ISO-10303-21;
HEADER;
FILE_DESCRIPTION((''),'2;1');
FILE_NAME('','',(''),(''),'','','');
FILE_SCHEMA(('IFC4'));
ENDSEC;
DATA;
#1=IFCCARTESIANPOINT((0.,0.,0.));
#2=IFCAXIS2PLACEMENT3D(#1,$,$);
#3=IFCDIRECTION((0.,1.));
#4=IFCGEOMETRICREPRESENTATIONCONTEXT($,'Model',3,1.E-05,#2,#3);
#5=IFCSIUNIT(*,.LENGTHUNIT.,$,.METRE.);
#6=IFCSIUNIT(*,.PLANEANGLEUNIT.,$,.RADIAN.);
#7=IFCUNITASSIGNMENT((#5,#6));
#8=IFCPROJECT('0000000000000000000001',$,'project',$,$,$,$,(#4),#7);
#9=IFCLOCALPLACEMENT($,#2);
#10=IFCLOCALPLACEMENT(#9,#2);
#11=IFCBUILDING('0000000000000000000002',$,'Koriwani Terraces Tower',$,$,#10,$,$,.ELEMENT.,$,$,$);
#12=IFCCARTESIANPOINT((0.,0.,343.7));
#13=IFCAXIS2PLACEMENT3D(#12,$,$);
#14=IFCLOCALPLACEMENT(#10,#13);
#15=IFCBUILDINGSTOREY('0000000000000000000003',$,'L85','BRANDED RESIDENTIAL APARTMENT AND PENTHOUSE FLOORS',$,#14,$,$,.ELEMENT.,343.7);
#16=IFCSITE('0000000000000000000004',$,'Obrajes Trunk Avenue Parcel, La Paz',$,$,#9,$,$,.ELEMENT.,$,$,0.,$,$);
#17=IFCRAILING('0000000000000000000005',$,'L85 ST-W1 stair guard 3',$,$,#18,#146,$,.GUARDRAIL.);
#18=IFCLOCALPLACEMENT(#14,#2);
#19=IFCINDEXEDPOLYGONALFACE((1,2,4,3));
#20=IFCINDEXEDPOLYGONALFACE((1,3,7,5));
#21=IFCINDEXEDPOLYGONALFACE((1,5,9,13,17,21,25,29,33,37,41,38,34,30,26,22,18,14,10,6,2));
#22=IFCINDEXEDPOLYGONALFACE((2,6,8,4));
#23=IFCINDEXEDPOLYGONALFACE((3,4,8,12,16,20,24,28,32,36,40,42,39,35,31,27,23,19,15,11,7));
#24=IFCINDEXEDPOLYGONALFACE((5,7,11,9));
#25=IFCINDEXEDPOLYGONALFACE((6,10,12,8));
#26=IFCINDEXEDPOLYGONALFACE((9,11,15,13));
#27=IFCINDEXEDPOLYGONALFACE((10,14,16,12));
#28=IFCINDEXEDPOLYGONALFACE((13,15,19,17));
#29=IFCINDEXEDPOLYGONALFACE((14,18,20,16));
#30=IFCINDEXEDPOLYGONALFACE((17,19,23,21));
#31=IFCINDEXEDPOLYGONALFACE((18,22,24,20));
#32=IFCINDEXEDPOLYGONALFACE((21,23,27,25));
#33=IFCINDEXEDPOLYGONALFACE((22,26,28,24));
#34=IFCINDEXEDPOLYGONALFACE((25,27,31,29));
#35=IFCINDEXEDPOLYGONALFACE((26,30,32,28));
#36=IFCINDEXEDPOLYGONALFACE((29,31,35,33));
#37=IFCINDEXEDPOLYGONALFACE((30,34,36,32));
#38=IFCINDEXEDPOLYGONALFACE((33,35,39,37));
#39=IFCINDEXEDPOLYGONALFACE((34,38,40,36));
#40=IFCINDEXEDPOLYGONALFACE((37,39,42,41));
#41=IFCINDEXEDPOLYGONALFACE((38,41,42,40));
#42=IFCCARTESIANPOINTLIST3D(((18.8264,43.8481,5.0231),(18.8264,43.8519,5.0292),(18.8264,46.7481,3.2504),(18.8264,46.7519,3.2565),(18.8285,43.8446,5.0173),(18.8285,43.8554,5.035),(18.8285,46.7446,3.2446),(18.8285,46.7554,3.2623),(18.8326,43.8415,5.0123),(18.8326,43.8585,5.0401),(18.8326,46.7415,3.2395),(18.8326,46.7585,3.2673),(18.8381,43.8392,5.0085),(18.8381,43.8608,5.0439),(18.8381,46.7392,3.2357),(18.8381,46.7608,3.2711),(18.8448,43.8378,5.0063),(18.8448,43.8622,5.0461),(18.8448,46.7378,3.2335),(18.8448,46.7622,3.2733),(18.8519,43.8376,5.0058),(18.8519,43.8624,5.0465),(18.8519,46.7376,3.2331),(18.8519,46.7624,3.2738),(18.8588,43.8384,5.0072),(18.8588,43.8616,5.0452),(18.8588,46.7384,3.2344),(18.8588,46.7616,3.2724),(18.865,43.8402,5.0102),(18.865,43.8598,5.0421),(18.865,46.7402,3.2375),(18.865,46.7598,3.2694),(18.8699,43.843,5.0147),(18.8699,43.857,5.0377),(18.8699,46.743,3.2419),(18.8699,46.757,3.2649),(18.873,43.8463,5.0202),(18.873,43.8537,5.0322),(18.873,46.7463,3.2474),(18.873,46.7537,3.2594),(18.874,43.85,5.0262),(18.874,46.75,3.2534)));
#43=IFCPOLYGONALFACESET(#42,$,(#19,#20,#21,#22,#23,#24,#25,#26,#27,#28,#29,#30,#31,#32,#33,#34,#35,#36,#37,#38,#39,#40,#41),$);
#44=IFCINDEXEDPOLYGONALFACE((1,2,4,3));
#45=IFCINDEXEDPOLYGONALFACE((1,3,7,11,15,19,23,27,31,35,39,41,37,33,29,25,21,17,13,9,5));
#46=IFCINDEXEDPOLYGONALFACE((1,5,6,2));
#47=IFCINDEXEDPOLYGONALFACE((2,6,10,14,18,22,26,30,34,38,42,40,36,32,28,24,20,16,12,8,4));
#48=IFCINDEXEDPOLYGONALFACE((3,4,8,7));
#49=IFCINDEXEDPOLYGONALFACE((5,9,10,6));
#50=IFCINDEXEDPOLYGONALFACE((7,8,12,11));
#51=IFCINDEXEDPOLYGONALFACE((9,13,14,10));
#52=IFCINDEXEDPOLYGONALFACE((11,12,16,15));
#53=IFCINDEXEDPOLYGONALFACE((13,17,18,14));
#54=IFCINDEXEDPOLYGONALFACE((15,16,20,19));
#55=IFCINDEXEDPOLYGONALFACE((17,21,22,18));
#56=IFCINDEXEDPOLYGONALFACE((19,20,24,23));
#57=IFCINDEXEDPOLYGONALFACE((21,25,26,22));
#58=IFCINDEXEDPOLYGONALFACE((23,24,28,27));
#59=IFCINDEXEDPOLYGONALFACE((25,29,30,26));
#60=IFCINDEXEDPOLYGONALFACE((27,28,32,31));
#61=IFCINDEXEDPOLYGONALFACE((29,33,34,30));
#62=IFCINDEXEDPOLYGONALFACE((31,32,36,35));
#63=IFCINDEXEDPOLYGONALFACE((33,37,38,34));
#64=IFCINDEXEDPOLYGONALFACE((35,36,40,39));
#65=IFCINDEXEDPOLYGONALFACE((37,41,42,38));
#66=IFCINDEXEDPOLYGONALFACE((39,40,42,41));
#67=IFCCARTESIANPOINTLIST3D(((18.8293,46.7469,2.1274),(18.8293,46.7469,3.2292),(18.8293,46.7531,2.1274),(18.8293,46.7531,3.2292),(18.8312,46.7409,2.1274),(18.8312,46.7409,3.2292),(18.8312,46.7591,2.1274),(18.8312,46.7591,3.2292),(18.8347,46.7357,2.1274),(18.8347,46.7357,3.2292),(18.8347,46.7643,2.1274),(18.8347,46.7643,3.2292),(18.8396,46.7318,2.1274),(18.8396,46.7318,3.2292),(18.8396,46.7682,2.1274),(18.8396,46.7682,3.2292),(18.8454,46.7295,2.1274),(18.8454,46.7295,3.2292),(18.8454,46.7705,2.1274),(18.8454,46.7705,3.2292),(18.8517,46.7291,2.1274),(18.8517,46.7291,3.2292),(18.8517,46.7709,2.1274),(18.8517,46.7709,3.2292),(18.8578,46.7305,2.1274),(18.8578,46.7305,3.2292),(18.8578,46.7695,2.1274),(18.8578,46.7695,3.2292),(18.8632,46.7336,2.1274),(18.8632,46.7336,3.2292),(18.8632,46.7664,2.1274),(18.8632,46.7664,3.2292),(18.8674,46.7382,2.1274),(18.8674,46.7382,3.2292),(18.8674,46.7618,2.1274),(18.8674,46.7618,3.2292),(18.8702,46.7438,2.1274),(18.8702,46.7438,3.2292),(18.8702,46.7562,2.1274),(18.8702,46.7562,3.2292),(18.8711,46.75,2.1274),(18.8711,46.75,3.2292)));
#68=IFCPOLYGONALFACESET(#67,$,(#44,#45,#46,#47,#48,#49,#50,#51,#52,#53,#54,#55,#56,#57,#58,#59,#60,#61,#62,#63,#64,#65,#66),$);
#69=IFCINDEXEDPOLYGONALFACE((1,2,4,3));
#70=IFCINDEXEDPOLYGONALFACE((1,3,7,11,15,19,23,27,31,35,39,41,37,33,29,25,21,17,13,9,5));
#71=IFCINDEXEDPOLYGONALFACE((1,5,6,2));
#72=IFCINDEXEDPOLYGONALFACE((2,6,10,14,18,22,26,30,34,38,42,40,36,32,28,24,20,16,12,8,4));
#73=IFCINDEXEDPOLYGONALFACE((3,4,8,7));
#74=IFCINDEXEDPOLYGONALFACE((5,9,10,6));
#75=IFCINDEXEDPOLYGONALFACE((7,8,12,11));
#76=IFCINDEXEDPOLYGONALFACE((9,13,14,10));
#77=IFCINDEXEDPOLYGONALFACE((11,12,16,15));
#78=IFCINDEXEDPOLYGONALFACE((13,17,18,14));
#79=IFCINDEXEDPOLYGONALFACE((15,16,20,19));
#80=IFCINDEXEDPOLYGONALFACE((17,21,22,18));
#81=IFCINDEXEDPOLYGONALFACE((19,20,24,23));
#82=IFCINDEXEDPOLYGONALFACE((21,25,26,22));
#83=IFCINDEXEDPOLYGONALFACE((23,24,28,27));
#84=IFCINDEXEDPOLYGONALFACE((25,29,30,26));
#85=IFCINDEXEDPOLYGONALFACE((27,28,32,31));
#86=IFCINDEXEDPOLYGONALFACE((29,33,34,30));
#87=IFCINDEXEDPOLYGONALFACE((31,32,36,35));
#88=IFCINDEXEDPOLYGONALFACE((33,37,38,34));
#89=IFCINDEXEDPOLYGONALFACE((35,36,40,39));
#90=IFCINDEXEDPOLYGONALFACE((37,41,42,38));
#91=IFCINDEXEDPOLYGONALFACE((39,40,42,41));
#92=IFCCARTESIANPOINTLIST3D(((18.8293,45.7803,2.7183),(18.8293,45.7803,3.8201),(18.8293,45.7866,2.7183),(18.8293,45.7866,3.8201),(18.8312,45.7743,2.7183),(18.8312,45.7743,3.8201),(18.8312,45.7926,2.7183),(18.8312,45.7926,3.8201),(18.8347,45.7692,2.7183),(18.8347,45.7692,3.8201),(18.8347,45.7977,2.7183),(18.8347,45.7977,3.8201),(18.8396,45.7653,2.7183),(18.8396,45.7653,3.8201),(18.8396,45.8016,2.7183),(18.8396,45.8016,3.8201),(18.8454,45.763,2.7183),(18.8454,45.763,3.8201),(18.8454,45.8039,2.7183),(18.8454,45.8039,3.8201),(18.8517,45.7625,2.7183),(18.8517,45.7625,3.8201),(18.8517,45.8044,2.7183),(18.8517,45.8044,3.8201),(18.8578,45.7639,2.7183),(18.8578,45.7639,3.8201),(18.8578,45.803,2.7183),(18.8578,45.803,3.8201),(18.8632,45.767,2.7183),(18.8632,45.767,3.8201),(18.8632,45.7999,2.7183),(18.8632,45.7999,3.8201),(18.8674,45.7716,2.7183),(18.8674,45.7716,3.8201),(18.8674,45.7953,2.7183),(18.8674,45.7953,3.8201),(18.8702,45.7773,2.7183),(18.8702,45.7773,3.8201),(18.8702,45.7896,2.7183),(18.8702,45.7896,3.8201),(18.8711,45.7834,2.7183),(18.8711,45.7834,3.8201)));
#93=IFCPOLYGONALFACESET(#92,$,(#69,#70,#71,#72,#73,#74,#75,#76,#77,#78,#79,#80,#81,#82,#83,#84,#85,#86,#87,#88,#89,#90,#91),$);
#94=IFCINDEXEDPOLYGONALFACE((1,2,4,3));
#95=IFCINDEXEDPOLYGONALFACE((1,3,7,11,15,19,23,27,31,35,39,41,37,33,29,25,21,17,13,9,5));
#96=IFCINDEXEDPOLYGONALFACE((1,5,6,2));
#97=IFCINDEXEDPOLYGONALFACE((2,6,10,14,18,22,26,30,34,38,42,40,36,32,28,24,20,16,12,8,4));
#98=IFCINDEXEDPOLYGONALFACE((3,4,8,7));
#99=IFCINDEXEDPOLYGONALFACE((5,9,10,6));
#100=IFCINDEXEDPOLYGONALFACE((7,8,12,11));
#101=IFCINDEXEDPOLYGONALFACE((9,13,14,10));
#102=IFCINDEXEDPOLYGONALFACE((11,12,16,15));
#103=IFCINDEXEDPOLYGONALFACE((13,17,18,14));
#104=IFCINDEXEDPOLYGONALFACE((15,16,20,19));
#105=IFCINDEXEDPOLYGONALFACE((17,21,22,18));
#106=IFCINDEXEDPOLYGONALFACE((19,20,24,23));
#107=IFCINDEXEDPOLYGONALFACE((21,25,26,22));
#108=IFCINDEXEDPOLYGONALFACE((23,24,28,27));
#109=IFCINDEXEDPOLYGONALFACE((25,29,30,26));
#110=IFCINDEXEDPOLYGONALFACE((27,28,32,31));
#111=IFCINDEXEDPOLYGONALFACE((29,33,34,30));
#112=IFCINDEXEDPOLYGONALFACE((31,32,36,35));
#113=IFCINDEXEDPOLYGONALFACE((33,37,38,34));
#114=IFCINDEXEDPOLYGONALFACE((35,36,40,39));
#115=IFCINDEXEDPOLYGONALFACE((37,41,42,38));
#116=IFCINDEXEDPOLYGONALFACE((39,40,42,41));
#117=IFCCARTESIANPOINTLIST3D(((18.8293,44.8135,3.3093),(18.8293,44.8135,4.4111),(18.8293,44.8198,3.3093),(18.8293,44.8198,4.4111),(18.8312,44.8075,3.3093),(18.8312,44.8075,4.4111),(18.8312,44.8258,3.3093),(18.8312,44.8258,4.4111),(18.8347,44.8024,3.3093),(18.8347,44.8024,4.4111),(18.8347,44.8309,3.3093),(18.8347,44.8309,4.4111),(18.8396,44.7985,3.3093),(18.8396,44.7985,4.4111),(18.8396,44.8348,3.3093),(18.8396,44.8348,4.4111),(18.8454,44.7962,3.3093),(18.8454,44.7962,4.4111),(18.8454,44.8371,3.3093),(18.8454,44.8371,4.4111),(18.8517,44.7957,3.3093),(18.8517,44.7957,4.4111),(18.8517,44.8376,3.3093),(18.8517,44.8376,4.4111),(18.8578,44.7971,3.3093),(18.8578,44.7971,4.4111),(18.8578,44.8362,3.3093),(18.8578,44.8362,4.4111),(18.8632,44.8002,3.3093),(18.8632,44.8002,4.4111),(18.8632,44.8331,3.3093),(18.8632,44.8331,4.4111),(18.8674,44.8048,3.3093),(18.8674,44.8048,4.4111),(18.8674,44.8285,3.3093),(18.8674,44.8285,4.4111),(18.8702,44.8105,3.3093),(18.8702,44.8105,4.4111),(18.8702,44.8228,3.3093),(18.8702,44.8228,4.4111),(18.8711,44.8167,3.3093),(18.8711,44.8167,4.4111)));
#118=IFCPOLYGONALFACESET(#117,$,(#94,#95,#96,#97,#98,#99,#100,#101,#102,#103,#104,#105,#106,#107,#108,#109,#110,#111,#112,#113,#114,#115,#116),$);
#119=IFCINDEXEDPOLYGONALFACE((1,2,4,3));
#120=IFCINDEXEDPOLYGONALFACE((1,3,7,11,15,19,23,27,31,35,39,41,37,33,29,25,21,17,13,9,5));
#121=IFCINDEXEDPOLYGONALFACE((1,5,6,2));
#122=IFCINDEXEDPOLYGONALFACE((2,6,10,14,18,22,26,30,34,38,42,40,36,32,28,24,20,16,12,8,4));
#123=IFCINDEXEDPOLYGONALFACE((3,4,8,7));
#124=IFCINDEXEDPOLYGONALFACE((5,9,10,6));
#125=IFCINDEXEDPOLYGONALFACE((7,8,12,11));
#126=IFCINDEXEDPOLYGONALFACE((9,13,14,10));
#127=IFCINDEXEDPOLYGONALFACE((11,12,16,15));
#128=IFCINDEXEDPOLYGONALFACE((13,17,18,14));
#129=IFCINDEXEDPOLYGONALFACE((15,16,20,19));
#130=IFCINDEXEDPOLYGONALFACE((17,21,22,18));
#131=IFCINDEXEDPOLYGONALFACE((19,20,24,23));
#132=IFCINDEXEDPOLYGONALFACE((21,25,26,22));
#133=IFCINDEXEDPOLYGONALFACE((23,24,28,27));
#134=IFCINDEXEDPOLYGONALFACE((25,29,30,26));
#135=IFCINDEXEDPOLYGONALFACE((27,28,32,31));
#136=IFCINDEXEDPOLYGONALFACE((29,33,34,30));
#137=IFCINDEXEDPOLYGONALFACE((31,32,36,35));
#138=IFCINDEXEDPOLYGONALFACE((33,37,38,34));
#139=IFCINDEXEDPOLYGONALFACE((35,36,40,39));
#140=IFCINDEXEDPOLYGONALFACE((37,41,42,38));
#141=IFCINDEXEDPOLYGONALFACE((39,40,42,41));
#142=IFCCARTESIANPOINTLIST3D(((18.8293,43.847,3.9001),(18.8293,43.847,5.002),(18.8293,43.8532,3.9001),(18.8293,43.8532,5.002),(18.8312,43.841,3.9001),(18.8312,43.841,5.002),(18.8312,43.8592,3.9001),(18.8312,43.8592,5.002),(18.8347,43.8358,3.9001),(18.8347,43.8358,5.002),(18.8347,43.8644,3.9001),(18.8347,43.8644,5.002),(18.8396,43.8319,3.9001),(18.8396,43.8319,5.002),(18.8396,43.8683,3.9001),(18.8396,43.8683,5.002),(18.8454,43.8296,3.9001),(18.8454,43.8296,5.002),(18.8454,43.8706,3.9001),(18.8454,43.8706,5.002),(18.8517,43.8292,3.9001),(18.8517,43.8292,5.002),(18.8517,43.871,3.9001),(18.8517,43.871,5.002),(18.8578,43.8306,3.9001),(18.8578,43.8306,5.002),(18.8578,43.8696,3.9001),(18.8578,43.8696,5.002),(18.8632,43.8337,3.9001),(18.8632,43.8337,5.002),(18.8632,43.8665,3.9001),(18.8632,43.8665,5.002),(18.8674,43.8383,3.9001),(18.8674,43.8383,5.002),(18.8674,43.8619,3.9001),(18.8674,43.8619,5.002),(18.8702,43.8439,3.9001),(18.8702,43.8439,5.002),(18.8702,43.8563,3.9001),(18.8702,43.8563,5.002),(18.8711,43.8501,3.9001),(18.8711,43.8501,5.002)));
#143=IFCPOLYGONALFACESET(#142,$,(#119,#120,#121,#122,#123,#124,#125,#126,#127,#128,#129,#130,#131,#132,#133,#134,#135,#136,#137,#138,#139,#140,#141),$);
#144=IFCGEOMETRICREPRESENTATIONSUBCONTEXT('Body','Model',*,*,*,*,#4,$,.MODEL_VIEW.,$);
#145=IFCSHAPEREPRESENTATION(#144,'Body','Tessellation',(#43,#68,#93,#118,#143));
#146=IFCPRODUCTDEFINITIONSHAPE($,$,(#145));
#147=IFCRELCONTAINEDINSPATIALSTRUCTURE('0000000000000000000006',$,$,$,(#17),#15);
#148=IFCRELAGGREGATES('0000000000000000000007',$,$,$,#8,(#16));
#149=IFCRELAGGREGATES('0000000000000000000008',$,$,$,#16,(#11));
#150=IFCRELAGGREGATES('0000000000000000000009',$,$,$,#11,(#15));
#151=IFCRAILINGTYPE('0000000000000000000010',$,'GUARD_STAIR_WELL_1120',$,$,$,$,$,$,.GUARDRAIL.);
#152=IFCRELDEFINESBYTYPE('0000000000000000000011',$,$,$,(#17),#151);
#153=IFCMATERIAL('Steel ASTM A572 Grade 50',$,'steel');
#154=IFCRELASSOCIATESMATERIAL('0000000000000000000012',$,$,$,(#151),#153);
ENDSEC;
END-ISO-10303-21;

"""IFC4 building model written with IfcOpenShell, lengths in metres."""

from ifc_helpers import new_model, si_unit, direction, frame, origin, origin_2d, place, context, subcontext, project, spatial, circle, extrude, material, type_object, element, save


model = new_model("IFC4")

# Units and contexts
model_context = context("Model", 3, precision=1e-05, world=origin(), true_north=direction((0.0, 1.0)))
body_context = subcontext(model_context, "Body", "Model", "MODEL_VIEW")
ifc_project = project(units=[si_unit("LENGTHUNIT", "METRE"), si_unit("PLANEANGLEUNIT", "RADIAN")], contexts=[model_context])

# Site, building, storey
site_placement = place(None, origin())
site = spatial("IfcSite", under=ifc_project, at=site_placement, Name="Obrajes Trunk Avenue Parcel, La Paz", CompositionType="ELEMENT", RefElevation=0.0)
building_placement = place(site_placement, origin())
building = spatial("IfcBuilding", under=site, at=building_placement, Name="Koriwani Terraces Tower", CompositionType="ELEMENT")
storey_placement = place(building_placement, frame((0.0, 0.0, 343.7)))
storey = spatial("IfcBuildingStorey", under=building, at=storey_placement, Name="L85", Description="BRANDED RESIDENTIAL APARTMENT AND PENTHOUSE FLOORS", CompositionType="ELEMENT", Elevation=343.7)

# Shared definitions
ifc_material_1 = material(Name="Steel ASTM A572 Grade 50", Category="steel")

# Railing
railing_type_1 = type_object("IfcRailingType", Name="GUARD_STAIR_WELL_1120", PredefinedType="GUARDRAIL", material=ifc_material_1)
railing_1_placement = place(storey_placement, frame((18.8501, 46.75, 2.1274)))
element("IfcRailing", 1, at=railing_1_placement, inside=storey, type_object=railing_type_1, Name="L85 ST-W1 stair guard 3", PredefinedType="GUARDRAIL", context=body_context, shape_type="SweptSolid", body=[
    extrude(circle(Radius=0.0239, at=origin_2d()), frame((0.0, 0.0, 1.126), z_axis=(0.0, -0.853211, 0.521566), x_axis=(1.0, 0.0, 0.0)), (0.0, 0.0, 1.0), 3.3989),
    extrude(circle(Radius=0.021, at=origin_2d()), origin(), (0.0, 0.0, 1.0), 1.1018),
    extrude(circle(Radius=0.021, at=origin_2d()), frame((0.0, -0.9666, 0.5908)), (0.0, 0.0, 1.0), 1.1018),
    extrude(circle(Radius=0.021, at=origin_2d()), frame((0.0, -1.9333, 1.1819)), (0.0, 0.0, 1.0), 1.1018),
    extrude(circle(Radius=0.021, at=origin_2d()), frame((0.0, -2.8999, 1.7727)), (0.0, 0.0, 1.0), 1.1018),
])

save(model, "model.ifc")
